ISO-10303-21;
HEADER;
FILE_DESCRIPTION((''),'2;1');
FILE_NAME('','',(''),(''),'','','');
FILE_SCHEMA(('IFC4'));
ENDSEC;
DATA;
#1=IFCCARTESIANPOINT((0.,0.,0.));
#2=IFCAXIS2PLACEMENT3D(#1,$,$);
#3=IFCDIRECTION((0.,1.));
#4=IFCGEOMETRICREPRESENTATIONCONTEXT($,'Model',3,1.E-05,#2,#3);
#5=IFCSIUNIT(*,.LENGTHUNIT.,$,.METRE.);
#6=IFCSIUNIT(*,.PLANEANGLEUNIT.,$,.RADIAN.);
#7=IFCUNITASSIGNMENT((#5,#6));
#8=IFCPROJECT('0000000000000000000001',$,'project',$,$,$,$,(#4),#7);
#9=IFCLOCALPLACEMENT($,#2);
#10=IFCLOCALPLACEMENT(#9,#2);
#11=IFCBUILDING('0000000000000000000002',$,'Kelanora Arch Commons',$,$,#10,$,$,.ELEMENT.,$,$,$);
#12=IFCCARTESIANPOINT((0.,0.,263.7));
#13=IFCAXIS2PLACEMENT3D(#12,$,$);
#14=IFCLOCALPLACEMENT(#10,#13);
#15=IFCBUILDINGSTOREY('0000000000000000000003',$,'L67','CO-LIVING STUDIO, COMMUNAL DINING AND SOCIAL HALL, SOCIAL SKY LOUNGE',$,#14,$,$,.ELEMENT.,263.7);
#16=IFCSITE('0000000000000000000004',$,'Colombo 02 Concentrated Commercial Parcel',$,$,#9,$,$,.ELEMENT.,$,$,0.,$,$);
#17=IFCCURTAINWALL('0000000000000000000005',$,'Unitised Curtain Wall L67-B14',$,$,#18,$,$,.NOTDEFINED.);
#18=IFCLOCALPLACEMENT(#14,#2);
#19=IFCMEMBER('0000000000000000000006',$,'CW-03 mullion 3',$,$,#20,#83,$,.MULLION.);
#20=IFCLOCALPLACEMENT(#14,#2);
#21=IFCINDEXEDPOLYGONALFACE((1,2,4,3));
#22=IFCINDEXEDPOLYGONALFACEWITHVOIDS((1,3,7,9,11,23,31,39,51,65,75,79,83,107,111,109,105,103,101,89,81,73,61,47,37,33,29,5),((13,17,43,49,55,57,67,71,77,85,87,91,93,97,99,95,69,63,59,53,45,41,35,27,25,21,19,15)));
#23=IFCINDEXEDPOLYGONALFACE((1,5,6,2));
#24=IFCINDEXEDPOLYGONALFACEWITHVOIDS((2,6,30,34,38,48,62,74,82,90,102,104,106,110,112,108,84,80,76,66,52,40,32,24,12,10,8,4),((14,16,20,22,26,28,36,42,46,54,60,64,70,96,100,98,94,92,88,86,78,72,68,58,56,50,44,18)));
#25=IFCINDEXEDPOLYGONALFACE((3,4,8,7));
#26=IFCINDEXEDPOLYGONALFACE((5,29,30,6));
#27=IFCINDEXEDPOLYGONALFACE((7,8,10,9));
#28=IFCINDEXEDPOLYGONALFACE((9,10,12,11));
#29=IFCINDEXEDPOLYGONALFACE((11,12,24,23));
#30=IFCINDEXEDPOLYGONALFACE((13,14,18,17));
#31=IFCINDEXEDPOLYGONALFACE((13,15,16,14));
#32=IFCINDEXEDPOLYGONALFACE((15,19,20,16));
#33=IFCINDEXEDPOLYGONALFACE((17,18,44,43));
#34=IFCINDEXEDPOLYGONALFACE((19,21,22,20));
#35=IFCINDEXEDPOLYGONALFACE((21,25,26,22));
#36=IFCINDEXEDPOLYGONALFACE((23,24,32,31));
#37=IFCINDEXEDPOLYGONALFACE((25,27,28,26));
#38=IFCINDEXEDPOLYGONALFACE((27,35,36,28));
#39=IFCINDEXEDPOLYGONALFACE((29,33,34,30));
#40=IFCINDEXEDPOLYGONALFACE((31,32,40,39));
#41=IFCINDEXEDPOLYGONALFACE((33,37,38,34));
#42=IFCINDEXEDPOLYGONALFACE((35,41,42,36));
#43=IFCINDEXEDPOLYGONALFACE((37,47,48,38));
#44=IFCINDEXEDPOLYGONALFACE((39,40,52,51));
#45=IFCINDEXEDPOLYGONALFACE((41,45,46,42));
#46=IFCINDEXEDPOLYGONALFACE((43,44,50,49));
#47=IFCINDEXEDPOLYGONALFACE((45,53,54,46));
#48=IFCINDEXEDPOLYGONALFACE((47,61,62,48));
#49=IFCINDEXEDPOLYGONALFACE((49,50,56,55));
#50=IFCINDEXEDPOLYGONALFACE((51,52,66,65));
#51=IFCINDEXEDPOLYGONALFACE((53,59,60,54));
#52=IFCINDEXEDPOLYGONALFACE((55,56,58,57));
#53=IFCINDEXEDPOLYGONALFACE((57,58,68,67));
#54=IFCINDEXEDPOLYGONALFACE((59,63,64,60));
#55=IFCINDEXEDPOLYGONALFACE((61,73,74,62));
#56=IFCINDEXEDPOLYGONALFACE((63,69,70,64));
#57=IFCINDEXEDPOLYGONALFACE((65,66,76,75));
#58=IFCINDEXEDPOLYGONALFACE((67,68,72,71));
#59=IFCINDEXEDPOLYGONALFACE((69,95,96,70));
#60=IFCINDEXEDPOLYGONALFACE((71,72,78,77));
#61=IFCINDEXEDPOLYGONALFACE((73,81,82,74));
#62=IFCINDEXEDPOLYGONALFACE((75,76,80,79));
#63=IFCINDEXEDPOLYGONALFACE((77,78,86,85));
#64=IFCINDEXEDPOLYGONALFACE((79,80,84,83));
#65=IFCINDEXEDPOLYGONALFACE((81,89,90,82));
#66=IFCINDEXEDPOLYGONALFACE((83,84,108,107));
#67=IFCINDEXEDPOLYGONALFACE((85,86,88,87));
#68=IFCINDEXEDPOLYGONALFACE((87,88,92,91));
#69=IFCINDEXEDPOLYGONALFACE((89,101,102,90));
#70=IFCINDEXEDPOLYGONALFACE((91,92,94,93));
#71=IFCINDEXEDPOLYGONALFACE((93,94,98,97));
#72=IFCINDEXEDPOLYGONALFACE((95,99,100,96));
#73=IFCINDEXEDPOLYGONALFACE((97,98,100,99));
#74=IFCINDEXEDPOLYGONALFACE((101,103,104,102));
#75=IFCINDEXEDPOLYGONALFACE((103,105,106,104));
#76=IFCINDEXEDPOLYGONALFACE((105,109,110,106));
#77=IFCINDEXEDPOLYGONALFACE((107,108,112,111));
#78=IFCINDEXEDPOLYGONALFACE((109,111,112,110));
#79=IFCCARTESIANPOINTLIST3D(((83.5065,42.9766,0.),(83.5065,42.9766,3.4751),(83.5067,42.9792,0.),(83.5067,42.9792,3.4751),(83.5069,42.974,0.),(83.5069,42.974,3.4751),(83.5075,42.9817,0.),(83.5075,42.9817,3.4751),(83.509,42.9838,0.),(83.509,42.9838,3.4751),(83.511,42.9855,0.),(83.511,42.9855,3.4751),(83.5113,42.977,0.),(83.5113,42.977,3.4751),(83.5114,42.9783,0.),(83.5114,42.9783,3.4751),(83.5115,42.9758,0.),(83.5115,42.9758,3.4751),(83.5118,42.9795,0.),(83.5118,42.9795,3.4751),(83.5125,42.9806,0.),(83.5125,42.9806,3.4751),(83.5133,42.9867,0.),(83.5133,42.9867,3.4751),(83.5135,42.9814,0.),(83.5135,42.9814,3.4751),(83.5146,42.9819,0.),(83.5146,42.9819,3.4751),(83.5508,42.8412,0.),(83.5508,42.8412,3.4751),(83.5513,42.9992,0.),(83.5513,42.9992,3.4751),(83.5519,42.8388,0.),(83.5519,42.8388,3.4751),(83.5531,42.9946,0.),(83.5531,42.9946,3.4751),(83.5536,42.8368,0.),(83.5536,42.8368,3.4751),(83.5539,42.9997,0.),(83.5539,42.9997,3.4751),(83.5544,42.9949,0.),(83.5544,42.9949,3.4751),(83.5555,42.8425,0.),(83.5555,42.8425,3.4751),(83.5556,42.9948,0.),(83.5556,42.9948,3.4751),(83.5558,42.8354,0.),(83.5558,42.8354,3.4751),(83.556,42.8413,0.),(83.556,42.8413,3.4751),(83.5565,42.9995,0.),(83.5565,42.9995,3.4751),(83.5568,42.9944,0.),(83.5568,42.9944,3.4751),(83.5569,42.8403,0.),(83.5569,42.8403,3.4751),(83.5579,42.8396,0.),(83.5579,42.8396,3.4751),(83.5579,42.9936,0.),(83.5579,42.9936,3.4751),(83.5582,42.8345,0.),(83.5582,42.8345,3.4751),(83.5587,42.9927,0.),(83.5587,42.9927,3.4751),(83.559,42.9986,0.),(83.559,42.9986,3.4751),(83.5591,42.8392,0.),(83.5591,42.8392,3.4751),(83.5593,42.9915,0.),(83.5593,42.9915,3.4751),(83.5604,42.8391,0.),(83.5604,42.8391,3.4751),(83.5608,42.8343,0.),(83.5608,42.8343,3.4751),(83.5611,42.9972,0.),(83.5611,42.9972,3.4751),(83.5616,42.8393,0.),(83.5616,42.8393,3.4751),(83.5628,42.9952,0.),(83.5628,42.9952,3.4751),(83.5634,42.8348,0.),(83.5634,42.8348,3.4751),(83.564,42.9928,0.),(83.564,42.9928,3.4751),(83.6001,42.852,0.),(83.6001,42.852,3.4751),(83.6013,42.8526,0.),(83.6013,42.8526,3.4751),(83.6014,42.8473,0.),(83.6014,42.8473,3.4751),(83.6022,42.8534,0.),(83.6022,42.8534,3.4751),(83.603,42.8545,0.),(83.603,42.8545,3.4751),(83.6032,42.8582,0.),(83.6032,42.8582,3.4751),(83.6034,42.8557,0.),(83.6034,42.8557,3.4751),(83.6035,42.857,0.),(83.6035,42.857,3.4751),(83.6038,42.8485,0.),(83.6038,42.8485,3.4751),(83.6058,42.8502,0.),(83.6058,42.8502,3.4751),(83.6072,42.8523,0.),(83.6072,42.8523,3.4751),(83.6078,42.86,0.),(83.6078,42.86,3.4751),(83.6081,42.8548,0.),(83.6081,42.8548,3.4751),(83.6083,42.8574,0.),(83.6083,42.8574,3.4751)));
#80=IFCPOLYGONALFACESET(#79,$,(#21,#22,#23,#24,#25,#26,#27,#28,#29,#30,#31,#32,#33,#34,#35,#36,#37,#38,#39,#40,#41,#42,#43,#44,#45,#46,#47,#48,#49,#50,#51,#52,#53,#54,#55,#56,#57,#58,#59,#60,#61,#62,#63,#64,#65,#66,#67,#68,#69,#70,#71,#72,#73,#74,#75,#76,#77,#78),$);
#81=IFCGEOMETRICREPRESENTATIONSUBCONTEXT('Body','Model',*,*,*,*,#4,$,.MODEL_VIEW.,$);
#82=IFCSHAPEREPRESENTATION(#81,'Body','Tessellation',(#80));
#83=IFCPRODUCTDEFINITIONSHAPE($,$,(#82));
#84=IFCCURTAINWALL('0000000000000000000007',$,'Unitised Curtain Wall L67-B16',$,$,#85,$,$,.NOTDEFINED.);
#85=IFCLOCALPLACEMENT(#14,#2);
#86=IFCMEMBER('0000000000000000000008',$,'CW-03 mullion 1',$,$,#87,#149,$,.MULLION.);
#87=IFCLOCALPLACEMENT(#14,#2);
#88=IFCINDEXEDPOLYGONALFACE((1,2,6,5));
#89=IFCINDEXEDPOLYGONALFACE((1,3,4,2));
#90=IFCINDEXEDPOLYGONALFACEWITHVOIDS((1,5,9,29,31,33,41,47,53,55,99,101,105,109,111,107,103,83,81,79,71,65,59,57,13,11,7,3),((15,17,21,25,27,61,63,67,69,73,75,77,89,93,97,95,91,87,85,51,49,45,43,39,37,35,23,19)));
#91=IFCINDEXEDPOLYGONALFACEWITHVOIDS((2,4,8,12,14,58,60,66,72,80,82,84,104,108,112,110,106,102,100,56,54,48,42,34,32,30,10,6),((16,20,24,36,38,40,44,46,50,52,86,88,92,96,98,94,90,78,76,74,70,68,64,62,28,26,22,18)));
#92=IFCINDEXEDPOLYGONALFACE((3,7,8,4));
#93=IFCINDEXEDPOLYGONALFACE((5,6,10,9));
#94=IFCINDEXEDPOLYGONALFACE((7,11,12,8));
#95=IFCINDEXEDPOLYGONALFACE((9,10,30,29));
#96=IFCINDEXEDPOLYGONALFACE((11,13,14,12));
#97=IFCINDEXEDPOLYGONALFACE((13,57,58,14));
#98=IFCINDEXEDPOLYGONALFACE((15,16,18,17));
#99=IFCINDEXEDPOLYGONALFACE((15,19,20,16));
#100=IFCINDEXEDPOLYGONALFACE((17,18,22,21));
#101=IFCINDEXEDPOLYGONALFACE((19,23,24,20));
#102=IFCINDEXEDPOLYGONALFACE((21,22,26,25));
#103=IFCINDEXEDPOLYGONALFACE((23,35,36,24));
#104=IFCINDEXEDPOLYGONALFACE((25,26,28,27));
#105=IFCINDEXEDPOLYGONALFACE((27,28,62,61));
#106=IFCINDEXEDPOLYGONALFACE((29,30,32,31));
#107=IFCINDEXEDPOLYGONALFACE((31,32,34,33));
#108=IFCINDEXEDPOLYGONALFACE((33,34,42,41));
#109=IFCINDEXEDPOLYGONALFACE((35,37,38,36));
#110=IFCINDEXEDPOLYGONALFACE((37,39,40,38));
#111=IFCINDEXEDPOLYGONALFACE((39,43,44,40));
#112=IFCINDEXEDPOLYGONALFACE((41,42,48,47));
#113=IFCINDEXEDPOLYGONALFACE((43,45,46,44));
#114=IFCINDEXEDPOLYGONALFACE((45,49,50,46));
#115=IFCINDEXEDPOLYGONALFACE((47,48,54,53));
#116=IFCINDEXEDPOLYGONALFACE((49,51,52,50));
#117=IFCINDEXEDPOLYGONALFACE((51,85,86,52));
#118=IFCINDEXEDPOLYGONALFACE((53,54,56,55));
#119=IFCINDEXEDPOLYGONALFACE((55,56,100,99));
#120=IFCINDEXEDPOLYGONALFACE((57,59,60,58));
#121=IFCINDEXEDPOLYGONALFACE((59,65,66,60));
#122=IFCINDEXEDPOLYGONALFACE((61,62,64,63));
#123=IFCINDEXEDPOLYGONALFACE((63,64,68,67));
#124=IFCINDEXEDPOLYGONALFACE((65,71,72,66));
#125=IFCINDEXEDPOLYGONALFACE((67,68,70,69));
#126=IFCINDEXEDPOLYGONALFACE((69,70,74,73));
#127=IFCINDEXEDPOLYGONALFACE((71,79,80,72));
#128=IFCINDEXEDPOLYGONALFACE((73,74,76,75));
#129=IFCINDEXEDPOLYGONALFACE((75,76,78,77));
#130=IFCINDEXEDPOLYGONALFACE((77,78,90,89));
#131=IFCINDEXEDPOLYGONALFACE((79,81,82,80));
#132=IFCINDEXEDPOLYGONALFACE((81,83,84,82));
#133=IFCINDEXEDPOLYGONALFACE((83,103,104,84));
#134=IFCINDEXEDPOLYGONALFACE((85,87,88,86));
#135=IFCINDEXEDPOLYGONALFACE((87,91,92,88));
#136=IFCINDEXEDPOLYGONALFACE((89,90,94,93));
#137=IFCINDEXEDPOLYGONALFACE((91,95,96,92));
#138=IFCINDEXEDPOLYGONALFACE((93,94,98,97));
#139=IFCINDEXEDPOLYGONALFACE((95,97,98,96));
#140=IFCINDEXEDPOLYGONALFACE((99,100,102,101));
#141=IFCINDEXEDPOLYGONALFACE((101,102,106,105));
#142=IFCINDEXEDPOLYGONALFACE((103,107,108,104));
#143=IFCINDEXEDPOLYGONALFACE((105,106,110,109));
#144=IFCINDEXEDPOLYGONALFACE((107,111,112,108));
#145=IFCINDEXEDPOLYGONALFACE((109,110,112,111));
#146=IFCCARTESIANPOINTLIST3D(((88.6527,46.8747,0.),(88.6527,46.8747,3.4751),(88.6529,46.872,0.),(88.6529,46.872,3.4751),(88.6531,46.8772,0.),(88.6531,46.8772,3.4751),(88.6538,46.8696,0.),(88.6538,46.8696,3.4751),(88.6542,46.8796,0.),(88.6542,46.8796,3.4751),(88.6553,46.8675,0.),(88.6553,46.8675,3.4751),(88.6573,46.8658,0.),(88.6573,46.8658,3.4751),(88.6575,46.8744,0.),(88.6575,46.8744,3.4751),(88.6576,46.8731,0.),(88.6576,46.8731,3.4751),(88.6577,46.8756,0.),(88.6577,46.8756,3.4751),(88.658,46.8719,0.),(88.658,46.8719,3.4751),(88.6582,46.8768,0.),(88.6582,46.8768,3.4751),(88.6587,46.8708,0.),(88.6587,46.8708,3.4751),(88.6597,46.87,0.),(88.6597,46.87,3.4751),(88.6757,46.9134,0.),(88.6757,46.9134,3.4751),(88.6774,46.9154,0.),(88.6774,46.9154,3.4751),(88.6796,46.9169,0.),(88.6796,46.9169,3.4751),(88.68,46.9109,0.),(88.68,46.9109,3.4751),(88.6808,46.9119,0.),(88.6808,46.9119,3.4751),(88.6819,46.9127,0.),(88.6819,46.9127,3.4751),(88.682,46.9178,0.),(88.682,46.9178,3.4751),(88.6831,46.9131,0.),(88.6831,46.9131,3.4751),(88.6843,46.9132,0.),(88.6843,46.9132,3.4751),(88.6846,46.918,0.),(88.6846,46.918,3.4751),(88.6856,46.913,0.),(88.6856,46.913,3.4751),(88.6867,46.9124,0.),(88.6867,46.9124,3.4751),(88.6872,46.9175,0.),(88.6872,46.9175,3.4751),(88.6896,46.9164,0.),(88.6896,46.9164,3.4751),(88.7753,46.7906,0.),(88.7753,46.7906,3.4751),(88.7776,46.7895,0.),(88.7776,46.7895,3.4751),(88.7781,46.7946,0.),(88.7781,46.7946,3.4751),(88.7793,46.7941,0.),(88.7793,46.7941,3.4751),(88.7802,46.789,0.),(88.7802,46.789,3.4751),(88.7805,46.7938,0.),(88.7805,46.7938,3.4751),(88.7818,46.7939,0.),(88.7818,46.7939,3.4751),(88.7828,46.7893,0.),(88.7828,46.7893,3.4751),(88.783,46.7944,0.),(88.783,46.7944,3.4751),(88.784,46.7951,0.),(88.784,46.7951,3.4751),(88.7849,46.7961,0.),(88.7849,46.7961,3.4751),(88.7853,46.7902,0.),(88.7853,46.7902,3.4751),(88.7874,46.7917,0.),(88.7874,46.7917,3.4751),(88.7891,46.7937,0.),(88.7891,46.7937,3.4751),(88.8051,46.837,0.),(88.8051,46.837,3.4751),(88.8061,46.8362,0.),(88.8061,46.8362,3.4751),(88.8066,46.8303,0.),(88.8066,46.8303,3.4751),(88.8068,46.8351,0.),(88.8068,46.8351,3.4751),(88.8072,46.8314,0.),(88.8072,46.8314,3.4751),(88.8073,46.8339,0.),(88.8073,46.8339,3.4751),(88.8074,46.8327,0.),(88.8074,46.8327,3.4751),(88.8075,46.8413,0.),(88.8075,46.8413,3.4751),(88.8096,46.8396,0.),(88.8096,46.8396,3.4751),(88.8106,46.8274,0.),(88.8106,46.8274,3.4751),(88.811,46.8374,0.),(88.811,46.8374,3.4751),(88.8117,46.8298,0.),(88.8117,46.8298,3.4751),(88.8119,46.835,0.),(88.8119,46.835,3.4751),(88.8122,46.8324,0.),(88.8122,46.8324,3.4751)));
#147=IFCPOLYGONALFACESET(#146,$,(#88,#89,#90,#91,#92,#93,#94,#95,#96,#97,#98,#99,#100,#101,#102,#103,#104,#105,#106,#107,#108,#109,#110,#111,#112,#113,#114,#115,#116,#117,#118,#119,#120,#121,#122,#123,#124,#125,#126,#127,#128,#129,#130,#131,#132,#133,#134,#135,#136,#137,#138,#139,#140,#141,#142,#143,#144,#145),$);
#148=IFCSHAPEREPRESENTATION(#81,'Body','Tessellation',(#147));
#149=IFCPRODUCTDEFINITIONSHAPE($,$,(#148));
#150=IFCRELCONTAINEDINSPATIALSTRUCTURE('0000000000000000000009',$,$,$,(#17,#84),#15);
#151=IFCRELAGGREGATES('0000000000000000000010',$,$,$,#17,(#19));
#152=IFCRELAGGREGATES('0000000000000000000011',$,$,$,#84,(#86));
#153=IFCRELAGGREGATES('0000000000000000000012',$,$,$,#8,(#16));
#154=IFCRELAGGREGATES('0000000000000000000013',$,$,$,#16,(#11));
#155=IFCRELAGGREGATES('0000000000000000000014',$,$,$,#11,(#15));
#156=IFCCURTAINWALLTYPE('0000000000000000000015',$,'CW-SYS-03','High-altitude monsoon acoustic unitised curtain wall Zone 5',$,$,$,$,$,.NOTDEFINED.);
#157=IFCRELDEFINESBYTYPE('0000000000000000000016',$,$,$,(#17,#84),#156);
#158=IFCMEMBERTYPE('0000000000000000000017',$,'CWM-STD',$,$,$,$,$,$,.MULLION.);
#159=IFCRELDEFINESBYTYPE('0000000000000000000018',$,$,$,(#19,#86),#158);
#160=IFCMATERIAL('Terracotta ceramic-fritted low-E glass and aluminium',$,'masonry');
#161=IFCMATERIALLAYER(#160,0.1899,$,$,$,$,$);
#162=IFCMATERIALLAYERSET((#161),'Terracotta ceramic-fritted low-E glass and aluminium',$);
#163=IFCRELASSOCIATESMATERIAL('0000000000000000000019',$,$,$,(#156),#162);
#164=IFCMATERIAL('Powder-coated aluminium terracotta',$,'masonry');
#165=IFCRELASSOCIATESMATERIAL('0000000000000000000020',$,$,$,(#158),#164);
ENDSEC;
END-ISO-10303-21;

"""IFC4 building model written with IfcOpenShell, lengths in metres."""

from ifc_helpers import new_model, si_unit, direction, frame, origin, origin_2d, place, context, subcontext, project, spatial, hollow_rectangle, extrude, material, layer, layer_set, material_profile, profile_set, type_object, element, aggregate, save


model = new_model("IFC4")

# Units and contexts
model_context = context("Model", 3, precision=1e-05, world=origin(), true_north=direction((0.0, 1.0)))
body_context = subcontext(model_context, "Body", "Model", "MODEL_VIEW")
ifc_project = project(units=[si_unit("LENGTHUNIT", "METRE"), si_unit("PLANEANGLEUNIT", "RADIAN")], contexts=[model_context])

# Site, building, storey
site_placement = place(None, origin())
site = spatial("IfcSite", under=ifc_project, at=site_placement, Name="Colombo 02 Concentrated Commercial Parcel", CompositionType="ELEMENT", RefElevation=0.0)
building_placement = place(site_placement, origin())
building = spatial("IfcBuilding", under=site, at=building_placement, Name="Kelanora Arch Commons", CompositionType="ELEMENT")
storey_placement = place(building_placement, frame((0.0, 0.0, 263.7)))
storey = spatial("IfcBuildingStorey", under=building, at=storey_placement, Name="L67", Description="CO-LIVING STUDIO, COMMUNAL DINING AND SOCIAL HALL, SOCIAL SKY LOUNGE", CompositionType="ELEMENT", Elevation=263.7)

# Curtain wall, member
ifc_material_1 = material(Name="Terracotta ceramic-fritted low-E glass and aluminium", Category="masonry")
ifc_layer_1 = layer(ifc_material_1, 0.1899)
ifc_layer_set_1 = layer_set([ifc_layer_1], Name="Terracotta ceramic-fritted low-E glass and aluminium")
curtain_wall_type = type_object("IfcCurtainWallType", Name="CW-SYS-03", Description="High-altitude monsoon acoustic unitised curtain wall Zone 5", PredefinedType="NOTDEFINED", material=ifc_layer_set_1)
curtain_wall_1_placement = place(storey_placement, origin())
curtain_wall_1 = element("IfcCurtainWall", 1, at=curtain_wall_1_placement, inside=storey, type_object=curtain_wall_type, Name="Unitised Curtain Wall L67-B14", PredefinedType="NOTDEFINED")
ifc_material_2 = material(Name="Powder-coated aluminium terracotta", Category="masonry")
ifc_material_profile_1 = material_profile(ifc_material_2, hollow_rectangle(XDim=0.1599, YDim=0.0601, WallThickness=0.0049, InnerFilletRadius=0.0049, OuterFilletRadius=0.01, at=origin_2d()), Name="CWM160x60")
ifc_profile_set_1 = profile_set([ifc_material_profile_1], Name="Powder-coated aluminium terracotta")
member_type_1 = type_object("IfcMemberType", Name="CWM-STD", PredefinedType="MULLION", material=ifc_profile_set_1)
member_1_placement = place(storey_placement, frame((83.5574, 42.917, 0.0), z_axis=(0.0, 0.0, 1.0), x_axis=(-0.313253, 0.94967, 0.0)))
member_1 = element("IfcMember", 2, at=member_1_placement, type_object=member_type_1, Name="CW-03 mullion 3", PredefinedType="MULLION", context=body_context, shape_type="SweptSolid", body=[
    extrude(hollow_rectangle(XDim=0.1599, YDim=0.0601, WallThickness=0.0049, InnerFilletRadius=0.0049, OuterFilletRadius=0.01, at=origin_2d()), origin(), (0.0, 0.0, 1.0), 3.4751),
])
aggregate(curtain_wall_1, [member_1])

# Curtain wall, member
curtain_wall_2_placement = place(storey_placement, origin())
curtain_wall_2 = element("IfcCurtainWall", 3, at=curtain_wall_2_placement, inside=storey, type_object=curtain_wall_type, Name="Unitised Curtain Wall L67-B16", PredefinedType="NOTDEFINED")
member_2_placement = place(storey_placement, frame((88.7324, 46.8535, 0.0), z_axis=(0.0, 0.0, 1.0), x_axis=(-0.843391, 0.5373, 0.0)))
member_2 = element("IfcMember", 4, at=member_2_placement, type_object=member_type_1, Name="CW-03 mullion 1", PredefinedType="MULLION", context=body_context, shape_type="SweptSolid", body=[
    extrude(hollow_rectangle(XDim=0.1599, YDim=0.0601, WallThickness=0.0049, InnerFilletRadius=0.0049, OuterFilletRadius=0.01, at=origin_2d()), origin(), (0.0, 0.0, 1.0), 3.4751),
])
aggregate(curtain_wall_2, [member_2])

save(model, "model.ifc")
